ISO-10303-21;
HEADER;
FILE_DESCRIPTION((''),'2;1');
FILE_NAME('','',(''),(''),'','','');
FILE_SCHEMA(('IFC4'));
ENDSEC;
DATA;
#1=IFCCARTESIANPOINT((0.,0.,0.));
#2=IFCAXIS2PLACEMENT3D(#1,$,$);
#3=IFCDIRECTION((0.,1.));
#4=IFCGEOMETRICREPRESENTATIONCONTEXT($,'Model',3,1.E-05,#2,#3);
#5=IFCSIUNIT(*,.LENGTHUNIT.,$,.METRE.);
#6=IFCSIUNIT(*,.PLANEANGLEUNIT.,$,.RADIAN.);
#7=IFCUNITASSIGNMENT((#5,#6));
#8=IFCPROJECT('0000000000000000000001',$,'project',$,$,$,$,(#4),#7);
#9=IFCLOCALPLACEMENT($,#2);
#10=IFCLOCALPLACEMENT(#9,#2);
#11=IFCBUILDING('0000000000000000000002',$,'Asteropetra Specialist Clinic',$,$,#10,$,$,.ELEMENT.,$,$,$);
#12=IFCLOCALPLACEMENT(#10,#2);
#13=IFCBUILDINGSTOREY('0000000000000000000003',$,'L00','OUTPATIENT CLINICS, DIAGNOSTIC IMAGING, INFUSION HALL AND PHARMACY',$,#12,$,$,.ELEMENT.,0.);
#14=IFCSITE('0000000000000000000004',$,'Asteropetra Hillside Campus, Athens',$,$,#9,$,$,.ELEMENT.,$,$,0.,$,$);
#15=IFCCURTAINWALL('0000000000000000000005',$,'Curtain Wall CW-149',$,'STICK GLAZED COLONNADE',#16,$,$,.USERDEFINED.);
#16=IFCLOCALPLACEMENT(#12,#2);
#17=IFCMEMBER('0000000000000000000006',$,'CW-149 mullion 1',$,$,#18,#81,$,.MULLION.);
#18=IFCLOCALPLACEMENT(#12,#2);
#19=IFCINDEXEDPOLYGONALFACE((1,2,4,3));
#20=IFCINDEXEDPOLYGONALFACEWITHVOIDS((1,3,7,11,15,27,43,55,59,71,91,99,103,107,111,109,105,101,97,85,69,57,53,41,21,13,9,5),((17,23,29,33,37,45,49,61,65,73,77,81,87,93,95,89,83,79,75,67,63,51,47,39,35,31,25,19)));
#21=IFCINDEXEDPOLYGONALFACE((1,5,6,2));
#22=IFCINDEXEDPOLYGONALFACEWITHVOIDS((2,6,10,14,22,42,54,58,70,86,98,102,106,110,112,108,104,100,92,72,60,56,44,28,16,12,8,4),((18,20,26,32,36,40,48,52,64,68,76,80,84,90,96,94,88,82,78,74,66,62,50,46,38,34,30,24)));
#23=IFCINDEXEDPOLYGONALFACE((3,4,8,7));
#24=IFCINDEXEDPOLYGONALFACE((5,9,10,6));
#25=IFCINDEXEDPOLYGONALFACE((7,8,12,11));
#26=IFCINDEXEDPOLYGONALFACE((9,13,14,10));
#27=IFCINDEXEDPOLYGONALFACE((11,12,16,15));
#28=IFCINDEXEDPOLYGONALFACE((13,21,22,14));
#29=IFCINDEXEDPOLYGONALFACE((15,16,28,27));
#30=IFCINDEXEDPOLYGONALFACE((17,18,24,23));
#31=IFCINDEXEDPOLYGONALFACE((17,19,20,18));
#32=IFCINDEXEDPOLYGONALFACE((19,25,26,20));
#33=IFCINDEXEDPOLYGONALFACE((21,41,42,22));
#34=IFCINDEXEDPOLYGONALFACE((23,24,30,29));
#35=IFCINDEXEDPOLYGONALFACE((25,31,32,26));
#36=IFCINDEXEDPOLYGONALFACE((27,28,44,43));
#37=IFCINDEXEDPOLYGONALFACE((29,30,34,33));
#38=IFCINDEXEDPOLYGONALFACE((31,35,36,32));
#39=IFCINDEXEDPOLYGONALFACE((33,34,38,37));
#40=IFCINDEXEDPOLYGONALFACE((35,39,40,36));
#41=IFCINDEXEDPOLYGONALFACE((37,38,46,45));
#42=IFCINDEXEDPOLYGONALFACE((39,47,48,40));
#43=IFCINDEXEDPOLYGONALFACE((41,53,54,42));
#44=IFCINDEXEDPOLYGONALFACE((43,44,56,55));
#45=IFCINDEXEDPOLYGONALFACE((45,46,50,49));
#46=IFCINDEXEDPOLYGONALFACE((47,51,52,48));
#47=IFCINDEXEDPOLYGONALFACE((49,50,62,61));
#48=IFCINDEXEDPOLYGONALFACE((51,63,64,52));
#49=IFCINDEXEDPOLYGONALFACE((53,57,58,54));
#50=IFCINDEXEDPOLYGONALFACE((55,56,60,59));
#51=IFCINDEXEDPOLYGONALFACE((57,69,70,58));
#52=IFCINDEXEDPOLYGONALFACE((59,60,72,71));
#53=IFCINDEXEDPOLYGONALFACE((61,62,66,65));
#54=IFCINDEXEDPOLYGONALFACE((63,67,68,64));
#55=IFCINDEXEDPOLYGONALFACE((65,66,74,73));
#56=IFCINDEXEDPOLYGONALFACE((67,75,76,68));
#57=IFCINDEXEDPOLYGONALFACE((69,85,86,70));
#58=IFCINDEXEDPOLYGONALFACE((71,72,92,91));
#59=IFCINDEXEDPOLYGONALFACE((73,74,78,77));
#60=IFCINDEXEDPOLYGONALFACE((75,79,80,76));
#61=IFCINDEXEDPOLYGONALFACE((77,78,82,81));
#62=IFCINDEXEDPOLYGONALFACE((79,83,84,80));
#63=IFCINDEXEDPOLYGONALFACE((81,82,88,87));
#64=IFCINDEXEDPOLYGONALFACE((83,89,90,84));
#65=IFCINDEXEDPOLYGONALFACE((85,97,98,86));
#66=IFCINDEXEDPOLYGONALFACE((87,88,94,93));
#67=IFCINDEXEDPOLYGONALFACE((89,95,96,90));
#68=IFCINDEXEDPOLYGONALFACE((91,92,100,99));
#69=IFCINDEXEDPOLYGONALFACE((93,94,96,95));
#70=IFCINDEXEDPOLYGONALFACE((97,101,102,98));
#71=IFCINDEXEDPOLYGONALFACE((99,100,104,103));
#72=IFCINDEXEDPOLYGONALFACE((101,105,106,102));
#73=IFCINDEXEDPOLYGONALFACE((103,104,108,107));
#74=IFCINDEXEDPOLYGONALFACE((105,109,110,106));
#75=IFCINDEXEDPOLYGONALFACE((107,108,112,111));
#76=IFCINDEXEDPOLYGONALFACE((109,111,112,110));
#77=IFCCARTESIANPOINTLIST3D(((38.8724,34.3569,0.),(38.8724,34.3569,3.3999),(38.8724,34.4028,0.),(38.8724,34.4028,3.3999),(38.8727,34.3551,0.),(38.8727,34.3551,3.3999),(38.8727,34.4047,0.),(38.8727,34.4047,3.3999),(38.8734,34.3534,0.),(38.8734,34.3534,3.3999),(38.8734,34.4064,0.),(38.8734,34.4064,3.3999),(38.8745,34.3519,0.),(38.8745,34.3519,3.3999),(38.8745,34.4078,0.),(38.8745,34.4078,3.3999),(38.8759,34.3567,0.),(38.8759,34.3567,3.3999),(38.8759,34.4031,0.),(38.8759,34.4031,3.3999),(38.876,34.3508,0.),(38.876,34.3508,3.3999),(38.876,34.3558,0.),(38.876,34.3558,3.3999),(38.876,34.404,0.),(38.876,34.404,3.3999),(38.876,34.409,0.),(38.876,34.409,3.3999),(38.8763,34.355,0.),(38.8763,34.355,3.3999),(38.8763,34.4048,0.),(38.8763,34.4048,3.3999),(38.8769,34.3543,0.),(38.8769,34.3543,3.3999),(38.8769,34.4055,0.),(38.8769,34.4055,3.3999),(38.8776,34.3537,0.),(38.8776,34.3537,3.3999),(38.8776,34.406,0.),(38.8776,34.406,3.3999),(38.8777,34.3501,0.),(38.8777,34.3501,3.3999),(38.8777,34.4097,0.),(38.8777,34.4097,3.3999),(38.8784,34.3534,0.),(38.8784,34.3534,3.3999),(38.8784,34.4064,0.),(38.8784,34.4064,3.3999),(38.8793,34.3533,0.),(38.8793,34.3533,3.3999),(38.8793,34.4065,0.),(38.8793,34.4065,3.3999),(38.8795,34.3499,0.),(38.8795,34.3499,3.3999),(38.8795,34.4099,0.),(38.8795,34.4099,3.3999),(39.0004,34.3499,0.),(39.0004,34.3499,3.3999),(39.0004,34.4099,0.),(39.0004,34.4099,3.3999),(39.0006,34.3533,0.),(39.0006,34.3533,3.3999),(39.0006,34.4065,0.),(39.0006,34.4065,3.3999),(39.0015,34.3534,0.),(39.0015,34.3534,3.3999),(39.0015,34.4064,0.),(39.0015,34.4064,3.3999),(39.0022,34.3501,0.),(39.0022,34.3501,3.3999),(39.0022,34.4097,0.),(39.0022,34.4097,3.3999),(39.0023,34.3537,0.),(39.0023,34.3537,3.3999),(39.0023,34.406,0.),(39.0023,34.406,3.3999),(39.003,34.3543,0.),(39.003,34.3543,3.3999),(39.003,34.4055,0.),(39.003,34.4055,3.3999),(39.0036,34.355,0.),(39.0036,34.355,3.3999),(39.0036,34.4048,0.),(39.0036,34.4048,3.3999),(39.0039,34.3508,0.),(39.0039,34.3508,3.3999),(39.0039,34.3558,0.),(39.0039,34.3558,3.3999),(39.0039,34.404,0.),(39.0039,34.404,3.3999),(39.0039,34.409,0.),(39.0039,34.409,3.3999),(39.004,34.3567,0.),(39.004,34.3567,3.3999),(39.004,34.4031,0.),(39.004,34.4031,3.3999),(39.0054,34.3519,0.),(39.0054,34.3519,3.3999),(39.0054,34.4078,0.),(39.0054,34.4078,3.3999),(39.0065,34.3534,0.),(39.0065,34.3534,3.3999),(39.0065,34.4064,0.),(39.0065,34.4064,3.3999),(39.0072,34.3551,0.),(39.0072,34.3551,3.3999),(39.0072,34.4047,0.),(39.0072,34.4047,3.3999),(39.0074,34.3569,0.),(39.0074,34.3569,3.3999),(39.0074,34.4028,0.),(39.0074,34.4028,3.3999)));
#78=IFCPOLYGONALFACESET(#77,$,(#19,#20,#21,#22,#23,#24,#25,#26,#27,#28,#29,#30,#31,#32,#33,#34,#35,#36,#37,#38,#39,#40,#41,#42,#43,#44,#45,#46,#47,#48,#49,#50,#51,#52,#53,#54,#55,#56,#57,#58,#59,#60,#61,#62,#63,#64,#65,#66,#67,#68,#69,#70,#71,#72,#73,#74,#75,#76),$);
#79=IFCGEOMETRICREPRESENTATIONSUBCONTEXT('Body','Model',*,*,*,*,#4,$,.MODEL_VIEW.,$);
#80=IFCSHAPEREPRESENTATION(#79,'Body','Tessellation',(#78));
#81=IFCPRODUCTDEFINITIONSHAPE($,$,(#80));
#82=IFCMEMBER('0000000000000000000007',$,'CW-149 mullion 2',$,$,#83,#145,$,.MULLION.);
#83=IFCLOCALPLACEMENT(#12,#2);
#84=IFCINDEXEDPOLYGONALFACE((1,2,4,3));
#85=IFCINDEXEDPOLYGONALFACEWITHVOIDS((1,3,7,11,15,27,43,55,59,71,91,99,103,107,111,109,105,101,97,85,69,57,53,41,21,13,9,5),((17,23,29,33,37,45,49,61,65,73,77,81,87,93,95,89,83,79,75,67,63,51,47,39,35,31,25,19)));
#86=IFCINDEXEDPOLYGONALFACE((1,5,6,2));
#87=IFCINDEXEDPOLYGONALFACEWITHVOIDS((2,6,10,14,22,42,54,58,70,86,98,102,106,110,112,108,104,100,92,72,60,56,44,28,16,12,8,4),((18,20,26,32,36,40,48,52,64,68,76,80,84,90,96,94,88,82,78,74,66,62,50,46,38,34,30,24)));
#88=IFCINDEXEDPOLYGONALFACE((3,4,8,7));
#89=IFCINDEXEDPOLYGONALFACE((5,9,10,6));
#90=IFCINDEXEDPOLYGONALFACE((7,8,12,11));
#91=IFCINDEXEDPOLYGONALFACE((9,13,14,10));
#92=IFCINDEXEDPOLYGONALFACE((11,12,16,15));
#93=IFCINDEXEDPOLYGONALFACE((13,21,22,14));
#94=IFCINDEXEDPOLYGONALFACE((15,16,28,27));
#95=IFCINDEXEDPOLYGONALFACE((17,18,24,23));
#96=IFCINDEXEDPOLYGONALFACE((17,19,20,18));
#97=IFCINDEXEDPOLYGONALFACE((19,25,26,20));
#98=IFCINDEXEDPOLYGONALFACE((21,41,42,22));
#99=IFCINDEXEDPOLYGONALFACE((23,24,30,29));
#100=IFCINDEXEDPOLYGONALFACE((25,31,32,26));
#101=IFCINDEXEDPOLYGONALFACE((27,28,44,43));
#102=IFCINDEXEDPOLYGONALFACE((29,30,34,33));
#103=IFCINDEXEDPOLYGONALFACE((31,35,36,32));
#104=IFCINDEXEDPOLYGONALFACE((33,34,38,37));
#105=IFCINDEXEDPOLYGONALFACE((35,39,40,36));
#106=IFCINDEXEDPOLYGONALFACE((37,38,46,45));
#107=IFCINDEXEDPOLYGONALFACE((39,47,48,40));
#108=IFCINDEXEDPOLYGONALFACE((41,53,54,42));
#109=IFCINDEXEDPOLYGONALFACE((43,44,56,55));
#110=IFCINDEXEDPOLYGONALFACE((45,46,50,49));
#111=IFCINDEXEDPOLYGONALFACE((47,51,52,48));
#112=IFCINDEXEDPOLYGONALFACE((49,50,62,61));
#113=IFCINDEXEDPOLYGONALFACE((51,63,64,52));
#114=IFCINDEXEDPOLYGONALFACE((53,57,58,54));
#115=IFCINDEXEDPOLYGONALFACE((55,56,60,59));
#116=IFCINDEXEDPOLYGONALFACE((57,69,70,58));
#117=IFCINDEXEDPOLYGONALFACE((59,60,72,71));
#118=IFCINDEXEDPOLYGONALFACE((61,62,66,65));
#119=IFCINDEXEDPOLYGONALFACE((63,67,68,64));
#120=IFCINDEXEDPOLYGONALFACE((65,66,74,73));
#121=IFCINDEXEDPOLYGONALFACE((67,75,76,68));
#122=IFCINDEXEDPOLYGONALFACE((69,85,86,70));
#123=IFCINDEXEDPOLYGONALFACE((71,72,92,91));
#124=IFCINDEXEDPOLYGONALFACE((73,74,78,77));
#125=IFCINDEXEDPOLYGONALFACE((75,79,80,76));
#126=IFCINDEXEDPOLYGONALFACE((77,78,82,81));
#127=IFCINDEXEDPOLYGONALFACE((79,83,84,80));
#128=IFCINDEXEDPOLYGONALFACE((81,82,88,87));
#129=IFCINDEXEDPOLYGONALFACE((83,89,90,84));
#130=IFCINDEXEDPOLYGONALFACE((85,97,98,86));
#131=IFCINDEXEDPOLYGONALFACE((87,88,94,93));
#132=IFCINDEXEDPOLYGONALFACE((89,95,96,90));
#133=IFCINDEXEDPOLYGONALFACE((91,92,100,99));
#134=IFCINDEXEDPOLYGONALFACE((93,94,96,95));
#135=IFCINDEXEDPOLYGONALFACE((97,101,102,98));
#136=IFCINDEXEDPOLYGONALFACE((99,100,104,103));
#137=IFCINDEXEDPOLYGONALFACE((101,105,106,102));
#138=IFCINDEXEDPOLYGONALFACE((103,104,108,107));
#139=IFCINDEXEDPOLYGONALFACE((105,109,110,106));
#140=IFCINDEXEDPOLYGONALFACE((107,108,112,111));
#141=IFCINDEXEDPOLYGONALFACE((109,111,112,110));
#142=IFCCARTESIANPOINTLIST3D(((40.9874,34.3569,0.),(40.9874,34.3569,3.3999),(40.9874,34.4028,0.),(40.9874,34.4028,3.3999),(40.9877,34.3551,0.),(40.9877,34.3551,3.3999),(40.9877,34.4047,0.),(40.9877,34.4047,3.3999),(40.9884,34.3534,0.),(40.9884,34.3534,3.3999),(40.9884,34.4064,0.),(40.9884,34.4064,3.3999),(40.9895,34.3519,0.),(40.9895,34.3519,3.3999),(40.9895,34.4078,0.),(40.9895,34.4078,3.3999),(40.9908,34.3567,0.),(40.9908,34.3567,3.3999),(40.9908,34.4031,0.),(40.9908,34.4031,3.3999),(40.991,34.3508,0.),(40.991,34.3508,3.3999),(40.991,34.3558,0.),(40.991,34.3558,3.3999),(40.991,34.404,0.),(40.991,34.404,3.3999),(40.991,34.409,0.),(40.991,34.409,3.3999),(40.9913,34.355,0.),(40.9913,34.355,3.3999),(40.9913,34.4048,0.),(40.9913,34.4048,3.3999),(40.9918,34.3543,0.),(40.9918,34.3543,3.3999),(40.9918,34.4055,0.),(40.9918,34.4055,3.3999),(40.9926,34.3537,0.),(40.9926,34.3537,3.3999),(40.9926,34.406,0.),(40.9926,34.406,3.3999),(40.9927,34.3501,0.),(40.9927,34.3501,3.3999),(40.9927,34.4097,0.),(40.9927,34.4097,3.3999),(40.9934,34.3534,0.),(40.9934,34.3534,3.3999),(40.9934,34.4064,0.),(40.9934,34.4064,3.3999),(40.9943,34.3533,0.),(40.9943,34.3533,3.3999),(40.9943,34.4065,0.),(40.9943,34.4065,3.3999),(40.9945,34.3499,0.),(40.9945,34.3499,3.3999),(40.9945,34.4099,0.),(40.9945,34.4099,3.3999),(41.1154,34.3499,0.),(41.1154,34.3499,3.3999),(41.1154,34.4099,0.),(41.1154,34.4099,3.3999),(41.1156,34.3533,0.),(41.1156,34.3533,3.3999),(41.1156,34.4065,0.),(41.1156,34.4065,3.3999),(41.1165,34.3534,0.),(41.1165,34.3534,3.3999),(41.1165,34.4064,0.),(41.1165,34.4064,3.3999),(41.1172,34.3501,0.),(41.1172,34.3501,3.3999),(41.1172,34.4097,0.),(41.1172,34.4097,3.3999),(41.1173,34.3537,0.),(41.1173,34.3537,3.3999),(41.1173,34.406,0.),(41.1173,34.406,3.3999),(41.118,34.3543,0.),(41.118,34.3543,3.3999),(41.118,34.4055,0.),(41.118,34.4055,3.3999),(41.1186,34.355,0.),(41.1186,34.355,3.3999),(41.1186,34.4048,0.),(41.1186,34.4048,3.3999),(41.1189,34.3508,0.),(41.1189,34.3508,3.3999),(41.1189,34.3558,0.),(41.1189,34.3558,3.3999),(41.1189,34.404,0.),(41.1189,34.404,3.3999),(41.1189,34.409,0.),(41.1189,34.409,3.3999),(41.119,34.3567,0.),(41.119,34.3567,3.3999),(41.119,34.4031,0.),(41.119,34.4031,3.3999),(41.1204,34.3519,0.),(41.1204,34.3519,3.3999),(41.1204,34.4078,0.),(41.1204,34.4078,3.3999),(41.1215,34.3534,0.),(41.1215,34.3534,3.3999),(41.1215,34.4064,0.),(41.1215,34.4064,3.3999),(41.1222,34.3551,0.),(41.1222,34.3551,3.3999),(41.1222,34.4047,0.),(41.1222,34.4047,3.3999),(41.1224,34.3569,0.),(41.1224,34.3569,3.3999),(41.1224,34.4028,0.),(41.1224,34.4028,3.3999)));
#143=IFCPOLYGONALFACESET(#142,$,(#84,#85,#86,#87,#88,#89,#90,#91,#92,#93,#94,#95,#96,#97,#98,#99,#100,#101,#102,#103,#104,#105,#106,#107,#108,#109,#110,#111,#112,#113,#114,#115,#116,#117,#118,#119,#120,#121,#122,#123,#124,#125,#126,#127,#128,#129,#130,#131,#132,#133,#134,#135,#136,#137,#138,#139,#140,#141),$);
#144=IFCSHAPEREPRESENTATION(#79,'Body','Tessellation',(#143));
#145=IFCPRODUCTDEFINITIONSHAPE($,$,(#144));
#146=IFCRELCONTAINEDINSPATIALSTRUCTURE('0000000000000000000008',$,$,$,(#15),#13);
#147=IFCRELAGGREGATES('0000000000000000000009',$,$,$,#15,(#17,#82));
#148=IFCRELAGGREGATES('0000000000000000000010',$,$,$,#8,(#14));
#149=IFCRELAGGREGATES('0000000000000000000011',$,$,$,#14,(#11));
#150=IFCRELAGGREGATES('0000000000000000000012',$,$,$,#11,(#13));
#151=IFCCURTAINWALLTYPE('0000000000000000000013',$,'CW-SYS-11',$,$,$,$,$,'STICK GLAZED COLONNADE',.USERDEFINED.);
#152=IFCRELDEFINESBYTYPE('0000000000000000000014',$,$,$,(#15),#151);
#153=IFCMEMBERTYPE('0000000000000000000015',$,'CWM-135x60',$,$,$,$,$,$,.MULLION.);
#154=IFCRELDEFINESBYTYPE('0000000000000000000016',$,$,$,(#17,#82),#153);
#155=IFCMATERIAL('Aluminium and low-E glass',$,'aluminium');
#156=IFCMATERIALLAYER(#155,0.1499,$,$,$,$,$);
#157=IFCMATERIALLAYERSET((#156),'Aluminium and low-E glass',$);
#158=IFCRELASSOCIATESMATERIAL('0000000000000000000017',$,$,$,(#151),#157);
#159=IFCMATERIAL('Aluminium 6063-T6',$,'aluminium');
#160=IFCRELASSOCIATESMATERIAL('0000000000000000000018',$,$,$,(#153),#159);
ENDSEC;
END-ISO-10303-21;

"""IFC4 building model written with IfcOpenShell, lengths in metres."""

from ifc_helpers import new_model, si_unit, direction, frame, origin, origin_2d, place, context, subcontext, project, spatial, hollow_rectangle, extrude, material, layer, layer_set, material_profile, profile_set, type_object, element, aggregate, save


model = new_model("IFC4")

# Units and contexts
model_context = context("Model", 3, precision=1e-05, world=origin(), true_north=direction((0.0, 1.0)))
body_context = subcontext(model_context, "Body", "Model", "MODEL_VIEW")
ifc_project = project(units=[si_unit("LENGTHUNIT", "METRE"), si_unit("PLANEANGLEUNIT", "RADIAN")], contexts=[model_context])

# Site, building, storey
site_placement = place(None, origin())
site = spatial("IfcSite", under=ifc_project, at=site_placement, Name="Asteropetra Hillside Campus, Athens", CompositionType="ELEMENT", RefElevation=0.0)
building_placement = place(site_placement, origin())
building = spatial("IfcBuilding", under=site, at=building_placement, Name="Asteropetra Specialist Clinic", CompositionType="ELEMENT")
storey_placement = place(building_placement, origin())
storey = spatial("IfcBuildingStorey", under=building, at=storey_placement, Name="L00", Description="OUTPATIENT CLINICS, DIAGNOSTIC IMAGING, INFUSION HALL AND PHARMACY", CompositionType="ELEMENT", Elevation=0.0)

# Curtain wall, members
ifc_material_1 = material(Name="Aluminium and low-E glass", Category="aluminium")
ifc_layer_1 = layer(ifc_material_1, 0.1499)
ifc_layer_set_1 = layer_set([ifc_layer_1], Name="Aluminium and low-E glass")
curtain_wall_type = type_object("IfcCurtainWallType", Name="CW-SYS-11", ElementType="STICK GLAZED COLONNADE", PredefinedType="USERDEFINED", material=ifc_layer_set_1)
curtain_wall_placement = place(storey_placement, origin())
curtain_wall = element("IfcCurtainWall", 1, at=curtain_wall_placement, inside=storey, type_object=curtain_wall_type, Name="Curtain Wall CW-149", ObjectType="STICK GLAZED COLONNADE", PredefinedType="USERDEFINED")
ifc_material_2 = material(Name="Aluminium 6063-T6", Category="aluminium")
ifc_material_profile_1 = material_profile(ifc_material_2, hollow_rectangle(XDim=0.0601, YDim=0.135, WallThickness=0.0034, InnerFilletRadius=0.0034, OuterFilletRadius=0.0071, at=origin_2d()), Name="MUL 135x60x3.5")
ifc_profile_set_1 = profile_set([ifc_material_profile_1], Name="Aluminium 6063-T6")
member_type_1 = type_object("IfcMemberType", Name="CWM-135x60", PredefinedType="MULLION", material=ifc_profile_set_1)
member_1_placement = place(storey_placement, frame((38.9399, 34.3799, 0.0), z_axis=(0.0, 0.0, 1.0), x_axis=(0.0, 1.0, 0.0)))
member_1 = element("IfcMember", 2, at=member_1_placement, type_object=member_type_1, Name="CW-149 mullion 1", PredefinedType="MULLION", context=body_context, shape_type="SweptSolid", body=[
    extrude(hollow_rectangle(XDim=0.0601, YDim=0.135, WallThickness=0.0034, InnerFilletRadius=0.0034, OuterFilletRadius=0.0071, at=origin_2d()), origin(), (0.0, 0.0, 1.0), 3.3999),
])
member_2_placement = place(storey_placement, frame((41.0549, 34.3799, 0.0), z_axis=(0.0, 0.0, 1.0), x_axis=(0.0, 1.0, 0.0)))
member_2 = element("IfcMember", 3, at=member_2_placement, type_object=member_type_1, Name="CW-149 mullion 2", PredefinedType="MULLION", context=body_context, shape_type="SweptSolid", body=[
    extrude(hollow_rectangle(XDim=0.0601, YDim=0.135, WallThickness=0.0034, InnerFilletRadius=0.0034, OuterFilletRadius=0.0071, at=origin_2d()), origin(), (0.0, 0.0, 1.0), 3.3999),
])

aggregate(curtain_wall, [member_1, member_2])

save(model, "model.ifc")
